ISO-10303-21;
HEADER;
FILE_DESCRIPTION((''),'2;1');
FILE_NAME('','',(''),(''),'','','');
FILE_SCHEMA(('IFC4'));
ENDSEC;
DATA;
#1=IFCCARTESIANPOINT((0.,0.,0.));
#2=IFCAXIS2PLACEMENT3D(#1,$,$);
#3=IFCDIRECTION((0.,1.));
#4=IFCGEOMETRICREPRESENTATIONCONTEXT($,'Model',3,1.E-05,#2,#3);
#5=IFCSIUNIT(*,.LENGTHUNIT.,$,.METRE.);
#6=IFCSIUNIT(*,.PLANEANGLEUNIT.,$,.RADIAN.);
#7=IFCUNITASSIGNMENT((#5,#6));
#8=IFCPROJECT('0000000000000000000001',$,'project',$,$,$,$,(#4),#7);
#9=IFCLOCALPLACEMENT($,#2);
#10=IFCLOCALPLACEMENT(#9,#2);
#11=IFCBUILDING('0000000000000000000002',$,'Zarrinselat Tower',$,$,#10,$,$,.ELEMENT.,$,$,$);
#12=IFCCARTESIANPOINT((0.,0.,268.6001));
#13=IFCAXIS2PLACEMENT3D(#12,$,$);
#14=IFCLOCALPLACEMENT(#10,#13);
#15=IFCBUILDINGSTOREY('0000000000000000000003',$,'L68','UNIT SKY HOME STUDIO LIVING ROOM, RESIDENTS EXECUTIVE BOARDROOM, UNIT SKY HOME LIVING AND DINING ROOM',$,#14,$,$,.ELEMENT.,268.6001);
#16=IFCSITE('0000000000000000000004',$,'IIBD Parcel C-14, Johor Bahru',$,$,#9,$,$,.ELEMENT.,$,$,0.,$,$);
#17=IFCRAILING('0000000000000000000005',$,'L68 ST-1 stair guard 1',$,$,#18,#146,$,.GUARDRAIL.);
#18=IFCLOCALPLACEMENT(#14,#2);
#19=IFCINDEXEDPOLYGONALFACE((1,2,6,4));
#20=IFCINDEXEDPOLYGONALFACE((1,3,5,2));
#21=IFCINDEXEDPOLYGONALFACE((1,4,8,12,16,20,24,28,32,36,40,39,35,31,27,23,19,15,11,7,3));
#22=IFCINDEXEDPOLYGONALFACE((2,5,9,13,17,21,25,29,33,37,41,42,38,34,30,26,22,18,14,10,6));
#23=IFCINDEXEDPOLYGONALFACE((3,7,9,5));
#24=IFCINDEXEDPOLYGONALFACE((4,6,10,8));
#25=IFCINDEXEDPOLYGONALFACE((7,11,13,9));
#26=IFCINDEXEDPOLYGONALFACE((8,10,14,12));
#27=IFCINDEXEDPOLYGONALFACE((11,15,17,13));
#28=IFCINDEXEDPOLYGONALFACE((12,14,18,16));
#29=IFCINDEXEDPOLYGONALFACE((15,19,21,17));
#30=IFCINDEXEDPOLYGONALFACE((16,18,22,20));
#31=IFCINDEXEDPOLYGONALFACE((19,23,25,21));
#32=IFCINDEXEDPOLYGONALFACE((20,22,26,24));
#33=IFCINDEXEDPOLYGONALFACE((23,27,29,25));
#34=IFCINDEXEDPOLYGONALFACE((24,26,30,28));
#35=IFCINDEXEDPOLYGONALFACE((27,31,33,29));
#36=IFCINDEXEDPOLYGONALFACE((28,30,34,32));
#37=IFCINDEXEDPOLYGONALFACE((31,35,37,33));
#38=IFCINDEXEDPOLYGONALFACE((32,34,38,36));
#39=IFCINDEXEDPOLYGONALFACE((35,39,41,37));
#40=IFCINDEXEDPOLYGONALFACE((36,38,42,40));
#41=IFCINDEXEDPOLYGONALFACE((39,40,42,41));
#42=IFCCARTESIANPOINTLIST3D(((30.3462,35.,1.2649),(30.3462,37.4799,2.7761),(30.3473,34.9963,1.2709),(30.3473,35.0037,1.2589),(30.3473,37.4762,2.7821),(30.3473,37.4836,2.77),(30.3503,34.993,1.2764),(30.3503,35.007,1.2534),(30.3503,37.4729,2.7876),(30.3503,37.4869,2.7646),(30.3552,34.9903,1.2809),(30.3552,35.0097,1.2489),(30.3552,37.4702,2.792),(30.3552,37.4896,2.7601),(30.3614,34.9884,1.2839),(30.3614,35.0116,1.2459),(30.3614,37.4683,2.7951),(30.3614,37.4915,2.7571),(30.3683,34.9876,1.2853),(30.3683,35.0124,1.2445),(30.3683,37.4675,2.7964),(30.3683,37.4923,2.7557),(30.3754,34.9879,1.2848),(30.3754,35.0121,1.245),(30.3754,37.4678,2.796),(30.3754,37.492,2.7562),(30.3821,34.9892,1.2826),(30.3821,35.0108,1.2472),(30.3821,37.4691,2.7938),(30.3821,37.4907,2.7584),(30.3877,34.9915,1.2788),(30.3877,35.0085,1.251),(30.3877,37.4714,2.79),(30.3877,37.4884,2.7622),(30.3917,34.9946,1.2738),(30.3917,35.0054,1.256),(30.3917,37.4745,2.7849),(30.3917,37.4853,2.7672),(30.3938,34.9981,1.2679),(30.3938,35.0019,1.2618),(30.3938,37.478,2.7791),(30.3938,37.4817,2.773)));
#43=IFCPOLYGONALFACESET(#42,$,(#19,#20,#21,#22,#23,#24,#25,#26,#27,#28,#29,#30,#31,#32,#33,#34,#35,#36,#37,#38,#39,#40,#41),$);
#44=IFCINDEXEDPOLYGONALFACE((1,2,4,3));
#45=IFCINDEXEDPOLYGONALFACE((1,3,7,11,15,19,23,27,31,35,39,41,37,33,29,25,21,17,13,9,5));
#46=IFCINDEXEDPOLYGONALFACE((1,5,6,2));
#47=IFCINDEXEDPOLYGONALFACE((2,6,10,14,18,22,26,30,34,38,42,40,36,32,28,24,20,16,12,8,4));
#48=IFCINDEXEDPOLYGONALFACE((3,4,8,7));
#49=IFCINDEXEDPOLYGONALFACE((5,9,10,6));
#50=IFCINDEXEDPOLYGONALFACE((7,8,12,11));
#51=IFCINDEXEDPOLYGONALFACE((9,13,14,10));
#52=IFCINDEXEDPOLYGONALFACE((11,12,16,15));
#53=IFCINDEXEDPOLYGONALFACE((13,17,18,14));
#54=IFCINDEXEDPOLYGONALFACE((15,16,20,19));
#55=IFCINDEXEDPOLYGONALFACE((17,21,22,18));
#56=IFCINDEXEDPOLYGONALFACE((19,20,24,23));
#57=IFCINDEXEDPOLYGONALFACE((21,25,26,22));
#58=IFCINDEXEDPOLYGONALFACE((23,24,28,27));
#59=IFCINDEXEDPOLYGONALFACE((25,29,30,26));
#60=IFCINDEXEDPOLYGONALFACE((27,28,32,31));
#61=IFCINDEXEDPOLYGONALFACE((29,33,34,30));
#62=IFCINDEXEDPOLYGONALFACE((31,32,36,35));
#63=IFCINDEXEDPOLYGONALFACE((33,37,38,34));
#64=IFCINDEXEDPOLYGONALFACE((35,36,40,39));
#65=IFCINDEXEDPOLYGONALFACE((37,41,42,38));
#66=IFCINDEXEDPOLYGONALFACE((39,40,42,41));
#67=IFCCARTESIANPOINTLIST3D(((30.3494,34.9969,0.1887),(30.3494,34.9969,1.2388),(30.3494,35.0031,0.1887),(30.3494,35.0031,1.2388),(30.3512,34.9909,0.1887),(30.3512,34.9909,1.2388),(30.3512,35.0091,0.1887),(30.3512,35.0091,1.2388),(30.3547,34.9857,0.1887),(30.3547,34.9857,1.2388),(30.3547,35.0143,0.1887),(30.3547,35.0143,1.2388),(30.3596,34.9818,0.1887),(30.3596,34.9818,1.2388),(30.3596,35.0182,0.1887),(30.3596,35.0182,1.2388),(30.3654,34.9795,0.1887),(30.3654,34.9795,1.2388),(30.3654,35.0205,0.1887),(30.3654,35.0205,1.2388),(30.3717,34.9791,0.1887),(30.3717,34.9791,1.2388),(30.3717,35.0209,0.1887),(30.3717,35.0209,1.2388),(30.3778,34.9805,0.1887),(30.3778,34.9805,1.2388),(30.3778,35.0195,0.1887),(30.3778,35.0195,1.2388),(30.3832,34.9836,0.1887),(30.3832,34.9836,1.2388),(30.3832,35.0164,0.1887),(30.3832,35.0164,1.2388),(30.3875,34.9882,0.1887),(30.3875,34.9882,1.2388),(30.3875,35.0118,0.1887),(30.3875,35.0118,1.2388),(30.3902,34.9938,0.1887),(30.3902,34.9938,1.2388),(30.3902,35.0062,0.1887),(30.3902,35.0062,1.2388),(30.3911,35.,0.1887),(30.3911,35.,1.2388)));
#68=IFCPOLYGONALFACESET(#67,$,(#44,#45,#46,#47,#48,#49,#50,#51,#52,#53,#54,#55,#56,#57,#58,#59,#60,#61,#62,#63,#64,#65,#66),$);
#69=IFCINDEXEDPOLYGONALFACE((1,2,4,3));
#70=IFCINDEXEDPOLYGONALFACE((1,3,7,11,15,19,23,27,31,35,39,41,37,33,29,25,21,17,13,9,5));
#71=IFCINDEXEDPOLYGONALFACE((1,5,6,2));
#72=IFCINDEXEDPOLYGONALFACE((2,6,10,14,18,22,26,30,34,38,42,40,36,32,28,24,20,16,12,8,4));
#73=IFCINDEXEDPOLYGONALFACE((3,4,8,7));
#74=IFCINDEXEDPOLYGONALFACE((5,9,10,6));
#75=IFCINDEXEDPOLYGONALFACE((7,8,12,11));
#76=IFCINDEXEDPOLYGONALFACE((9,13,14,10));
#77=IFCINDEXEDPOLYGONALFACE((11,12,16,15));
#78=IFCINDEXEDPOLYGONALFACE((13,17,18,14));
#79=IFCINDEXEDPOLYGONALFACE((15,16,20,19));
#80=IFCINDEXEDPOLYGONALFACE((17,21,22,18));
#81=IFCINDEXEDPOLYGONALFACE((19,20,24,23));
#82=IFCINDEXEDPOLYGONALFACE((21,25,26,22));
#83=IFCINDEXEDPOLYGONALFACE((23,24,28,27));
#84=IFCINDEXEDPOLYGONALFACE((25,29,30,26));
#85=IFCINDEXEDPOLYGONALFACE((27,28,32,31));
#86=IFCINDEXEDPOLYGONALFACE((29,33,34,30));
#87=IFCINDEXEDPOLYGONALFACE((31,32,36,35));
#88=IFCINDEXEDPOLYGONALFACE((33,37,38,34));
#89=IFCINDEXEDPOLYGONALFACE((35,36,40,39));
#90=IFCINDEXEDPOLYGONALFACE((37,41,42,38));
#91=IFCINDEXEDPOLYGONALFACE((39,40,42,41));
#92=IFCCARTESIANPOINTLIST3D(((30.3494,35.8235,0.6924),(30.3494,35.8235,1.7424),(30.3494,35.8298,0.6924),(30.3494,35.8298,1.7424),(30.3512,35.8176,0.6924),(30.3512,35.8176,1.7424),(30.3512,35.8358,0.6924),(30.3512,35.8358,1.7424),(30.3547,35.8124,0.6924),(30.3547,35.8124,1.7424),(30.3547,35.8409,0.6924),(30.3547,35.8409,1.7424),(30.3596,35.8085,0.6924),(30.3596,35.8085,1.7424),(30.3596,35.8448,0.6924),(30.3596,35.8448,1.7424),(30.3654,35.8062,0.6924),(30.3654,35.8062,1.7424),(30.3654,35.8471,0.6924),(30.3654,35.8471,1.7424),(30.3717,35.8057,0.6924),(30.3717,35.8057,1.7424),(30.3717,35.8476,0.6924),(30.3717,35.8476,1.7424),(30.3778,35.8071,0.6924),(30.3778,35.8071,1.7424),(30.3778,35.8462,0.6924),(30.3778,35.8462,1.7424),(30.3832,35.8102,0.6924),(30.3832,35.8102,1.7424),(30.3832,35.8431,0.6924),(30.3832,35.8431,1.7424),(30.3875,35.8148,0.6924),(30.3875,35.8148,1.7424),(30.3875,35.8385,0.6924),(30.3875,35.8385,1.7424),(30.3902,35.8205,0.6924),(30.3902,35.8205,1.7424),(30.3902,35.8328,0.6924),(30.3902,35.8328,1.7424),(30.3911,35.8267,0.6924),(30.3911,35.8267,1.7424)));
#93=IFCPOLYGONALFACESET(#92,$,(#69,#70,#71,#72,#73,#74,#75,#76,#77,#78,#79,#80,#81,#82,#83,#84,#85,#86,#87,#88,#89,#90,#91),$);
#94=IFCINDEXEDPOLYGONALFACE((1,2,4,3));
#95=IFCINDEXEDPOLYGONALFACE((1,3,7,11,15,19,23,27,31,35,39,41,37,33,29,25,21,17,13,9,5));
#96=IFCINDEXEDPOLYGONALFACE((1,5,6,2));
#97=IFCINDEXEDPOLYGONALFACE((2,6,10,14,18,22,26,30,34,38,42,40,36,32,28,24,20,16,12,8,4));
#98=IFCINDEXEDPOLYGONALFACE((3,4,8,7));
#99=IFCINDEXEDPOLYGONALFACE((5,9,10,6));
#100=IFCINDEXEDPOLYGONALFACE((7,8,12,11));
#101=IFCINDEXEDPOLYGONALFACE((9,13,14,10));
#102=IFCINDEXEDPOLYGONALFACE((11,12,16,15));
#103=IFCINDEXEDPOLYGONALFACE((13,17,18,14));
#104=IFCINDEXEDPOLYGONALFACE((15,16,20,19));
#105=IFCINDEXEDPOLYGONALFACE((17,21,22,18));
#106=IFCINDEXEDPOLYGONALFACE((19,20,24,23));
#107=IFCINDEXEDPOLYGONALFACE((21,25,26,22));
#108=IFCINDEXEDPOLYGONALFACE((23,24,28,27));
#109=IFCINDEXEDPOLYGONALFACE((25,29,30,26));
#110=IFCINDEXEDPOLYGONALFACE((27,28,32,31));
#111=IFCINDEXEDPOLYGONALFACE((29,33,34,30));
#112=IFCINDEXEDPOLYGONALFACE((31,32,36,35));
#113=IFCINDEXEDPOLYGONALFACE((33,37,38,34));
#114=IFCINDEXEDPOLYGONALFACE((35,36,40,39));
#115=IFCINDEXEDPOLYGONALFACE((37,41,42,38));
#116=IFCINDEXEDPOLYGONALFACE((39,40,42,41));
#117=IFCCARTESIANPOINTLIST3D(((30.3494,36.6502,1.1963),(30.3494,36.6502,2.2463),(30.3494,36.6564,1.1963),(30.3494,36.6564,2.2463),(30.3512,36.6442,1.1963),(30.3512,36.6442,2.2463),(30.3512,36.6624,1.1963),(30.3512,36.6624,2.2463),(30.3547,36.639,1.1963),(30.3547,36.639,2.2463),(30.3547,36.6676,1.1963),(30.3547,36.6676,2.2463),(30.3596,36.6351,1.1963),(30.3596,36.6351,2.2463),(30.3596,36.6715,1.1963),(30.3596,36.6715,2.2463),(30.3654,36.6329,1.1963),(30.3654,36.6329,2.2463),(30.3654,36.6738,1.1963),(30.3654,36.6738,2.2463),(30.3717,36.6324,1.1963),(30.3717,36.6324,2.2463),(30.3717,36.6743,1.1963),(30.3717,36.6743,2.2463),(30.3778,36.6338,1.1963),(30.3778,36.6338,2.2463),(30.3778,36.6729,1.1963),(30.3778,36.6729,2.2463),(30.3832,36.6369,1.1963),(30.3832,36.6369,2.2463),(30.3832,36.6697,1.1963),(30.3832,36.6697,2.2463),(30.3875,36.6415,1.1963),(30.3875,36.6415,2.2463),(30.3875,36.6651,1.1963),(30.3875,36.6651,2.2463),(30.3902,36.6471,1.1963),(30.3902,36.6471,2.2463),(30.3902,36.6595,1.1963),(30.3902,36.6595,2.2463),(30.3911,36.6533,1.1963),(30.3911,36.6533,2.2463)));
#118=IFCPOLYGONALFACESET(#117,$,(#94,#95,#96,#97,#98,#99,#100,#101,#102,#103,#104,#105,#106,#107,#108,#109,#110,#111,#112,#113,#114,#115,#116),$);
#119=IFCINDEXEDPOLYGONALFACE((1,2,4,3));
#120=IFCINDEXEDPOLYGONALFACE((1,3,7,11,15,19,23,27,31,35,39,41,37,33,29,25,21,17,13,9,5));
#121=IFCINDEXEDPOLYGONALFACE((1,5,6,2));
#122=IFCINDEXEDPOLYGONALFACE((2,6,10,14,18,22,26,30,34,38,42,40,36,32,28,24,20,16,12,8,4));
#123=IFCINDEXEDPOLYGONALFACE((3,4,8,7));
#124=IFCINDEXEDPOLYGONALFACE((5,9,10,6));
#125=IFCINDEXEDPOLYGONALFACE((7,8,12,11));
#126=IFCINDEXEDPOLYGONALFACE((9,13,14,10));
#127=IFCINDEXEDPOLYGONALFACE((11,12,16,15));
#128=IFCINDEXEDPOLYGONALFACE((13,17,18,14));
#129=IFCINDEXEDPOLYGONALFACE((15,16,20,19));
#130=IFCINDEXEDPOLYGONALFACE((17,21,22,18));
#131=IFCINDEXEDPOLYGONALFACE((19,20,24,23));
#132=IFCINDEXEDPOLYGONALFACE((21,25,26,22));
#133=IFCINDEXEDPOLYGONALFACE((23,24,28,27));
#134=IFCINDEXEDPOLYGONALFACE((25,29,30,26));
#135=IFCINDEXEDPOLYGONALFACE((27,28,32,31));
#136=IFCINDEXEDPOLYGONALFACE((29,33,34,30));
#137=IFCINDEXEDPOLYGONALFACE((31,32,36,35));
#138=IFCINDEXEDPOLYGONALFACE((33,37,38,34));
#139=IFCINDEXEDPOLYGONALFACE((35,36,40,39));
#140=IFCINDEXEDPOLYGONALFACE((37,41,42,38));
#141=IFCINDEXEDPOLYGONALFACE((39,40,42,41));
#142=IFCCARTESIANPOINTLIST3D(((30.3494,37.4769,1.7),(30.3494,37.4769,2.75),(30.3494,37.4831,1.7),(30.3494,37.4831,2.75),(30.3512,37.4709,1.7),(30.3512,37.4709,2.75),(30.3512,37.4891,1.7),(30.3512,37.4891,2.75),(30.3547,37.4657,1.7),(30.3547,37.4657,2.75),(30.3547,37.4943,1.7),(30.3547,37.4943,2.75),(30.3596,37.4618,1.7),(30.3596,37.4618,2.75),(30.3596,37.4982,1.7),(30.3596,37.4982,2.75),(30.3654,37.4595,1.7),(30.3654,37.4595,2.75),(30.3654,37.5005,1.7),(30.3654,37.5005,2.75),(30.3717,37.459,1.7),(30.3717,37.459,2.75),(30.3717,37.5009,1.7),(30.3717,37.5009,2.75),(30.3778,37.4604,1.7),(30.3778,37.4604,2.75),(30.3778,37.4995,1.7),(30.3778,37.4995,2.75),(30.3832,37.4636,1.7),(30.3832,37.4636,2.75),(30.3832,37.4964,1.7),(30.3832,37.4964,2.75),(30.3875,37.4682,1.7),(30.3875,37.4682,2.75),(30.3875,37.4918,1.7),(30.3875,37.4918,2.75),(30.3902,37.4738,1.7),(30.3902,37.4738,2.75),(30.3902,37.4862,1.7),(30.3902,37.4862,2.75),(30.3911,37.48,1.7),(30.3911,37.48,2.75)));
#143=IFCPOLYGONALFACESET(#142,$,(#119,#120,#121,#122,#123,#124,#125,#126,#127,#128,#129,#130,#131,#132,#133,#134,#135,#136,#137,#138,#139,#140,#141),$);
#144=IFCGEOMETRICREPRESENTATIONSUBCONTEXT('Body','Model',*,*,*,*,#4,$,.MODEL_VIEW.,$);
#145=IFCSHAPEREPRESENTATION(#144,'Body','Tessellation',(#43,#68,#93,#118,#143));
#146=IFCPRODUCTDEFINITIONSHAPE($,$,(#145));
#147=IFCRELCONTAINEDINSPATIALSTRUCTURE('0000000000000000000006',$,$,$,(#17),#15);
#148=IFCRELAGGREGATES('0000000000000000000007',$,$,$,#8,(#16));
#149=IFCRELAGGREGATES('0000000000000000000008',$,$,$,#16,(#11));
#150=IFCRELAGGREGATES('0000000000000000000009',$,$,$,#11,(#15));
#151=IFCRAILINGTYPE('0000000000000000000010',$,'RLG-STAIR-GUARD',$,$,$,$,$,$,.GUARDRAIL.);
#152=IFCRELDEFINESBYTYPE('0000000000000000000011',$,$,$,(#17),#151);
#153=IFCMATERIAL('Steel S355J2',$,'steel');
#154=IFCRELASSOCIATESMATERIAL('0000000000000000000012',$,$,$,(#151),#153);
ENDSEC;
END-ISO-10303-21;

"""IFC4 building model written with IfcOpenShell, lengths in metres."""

from ifc_helpers import new_model, si_unit, direction, frame, origin, origin_2d, place, context, subcontext, project, spatial, circle, extrude, material, type_object, element, save


model = new_model("IFC4")

# Units and contexts
model_context = context("Model", 3, precision=1e-05, world=origin(), true_north=direction((0.0, 1.0)))
body_context = subcontext(model_context, "Body", "Model", "MODEL_VIEW")
ifc_project = project(units=[si_unit("LENGTHUNIT", "METRE"), si_unit("PLANEANGLEUNIT", "RADIAN")], contexts=[model_context])

# Site, building, storey
site_placement = place(None, origin())
site = spatial("IfcSite", under=ifc_project, at=site_placement, Name="IIBD Parcel C-14, Johor Bahru", CompositionType="ELEMENT", RefElevation=0.0)
building_placement = place(site_placement, origin())
building = spatial("IfcBuilding", under=site, at=building_placement, Name="Zarrinselat Tower", CompositionType="ELEMENT")
storey_placement = place(building_placement, frame((0.0, 0.0, 268.6001)))
storey = spatial("IfcBuildingStorey", under=building, at=storey_placement, Name="L68", Description="UNIT SKY HOME STUDIO LIVING ROOM, RESIDENTS EXECUTIVE BOARDROOM, UNIT SKY HOME LIVING AND DINING ROOM", CompositionType="ELEMENT", Elevation=268.6001)

# Railing
ifc_material_1 = material(Name="Steel S355J2", Category="steel")
railing_type_1 = type_object("IfcRailingType", Name="RLG-STAIR-GUARD", PredefinedType="GUARDRAIL", material=ifc_material_1)
railing_1_placement = place(storey_placement, frame((30.3701, 35.0, 0.1887)))
element("IfcRailing", 1, at=railing_1_placement, inside=storey, type_object=railing_type_1, Name="L68 ST-1 stair guard 1", PredefinedType="GUARDRAIL", context=body_context, shape_type="SweptSolid", body=[
    extrude(circle(Radius=0.0239, at=origin_2d()), frame((0.0, 0.0, 1.0762), z_axis=(0.0, 0.853942, 0.520368), x_axis=(-1.0, 0.0, 0.0)), (0.0, 0.0, 1.0), 2.9041),
    extrude(circle(Radius=0.021, at=origin_2d()), origin(), (0.0, 0.0, 1.0), 1.05),
    extrude(circle(Radius=0.021, at=origin_2d()), frame((0.0, 0.8267, 0.5037)), (0.0, 0.0, 1.0), 1.05),
    extrude(circle(Radius=0.021, at=origin_2d()), frame((0.0, 1.6533, 1.0076)), (0.0, 0.0, 1.0), 1.05),
    extrude(circle(Radius=0.021, at=origin_2d()), frame((0.0, 2.48, 1.5112)), (0.0, 0.0, 1.0), 1.05),
])

save(model, "model.ifc")
